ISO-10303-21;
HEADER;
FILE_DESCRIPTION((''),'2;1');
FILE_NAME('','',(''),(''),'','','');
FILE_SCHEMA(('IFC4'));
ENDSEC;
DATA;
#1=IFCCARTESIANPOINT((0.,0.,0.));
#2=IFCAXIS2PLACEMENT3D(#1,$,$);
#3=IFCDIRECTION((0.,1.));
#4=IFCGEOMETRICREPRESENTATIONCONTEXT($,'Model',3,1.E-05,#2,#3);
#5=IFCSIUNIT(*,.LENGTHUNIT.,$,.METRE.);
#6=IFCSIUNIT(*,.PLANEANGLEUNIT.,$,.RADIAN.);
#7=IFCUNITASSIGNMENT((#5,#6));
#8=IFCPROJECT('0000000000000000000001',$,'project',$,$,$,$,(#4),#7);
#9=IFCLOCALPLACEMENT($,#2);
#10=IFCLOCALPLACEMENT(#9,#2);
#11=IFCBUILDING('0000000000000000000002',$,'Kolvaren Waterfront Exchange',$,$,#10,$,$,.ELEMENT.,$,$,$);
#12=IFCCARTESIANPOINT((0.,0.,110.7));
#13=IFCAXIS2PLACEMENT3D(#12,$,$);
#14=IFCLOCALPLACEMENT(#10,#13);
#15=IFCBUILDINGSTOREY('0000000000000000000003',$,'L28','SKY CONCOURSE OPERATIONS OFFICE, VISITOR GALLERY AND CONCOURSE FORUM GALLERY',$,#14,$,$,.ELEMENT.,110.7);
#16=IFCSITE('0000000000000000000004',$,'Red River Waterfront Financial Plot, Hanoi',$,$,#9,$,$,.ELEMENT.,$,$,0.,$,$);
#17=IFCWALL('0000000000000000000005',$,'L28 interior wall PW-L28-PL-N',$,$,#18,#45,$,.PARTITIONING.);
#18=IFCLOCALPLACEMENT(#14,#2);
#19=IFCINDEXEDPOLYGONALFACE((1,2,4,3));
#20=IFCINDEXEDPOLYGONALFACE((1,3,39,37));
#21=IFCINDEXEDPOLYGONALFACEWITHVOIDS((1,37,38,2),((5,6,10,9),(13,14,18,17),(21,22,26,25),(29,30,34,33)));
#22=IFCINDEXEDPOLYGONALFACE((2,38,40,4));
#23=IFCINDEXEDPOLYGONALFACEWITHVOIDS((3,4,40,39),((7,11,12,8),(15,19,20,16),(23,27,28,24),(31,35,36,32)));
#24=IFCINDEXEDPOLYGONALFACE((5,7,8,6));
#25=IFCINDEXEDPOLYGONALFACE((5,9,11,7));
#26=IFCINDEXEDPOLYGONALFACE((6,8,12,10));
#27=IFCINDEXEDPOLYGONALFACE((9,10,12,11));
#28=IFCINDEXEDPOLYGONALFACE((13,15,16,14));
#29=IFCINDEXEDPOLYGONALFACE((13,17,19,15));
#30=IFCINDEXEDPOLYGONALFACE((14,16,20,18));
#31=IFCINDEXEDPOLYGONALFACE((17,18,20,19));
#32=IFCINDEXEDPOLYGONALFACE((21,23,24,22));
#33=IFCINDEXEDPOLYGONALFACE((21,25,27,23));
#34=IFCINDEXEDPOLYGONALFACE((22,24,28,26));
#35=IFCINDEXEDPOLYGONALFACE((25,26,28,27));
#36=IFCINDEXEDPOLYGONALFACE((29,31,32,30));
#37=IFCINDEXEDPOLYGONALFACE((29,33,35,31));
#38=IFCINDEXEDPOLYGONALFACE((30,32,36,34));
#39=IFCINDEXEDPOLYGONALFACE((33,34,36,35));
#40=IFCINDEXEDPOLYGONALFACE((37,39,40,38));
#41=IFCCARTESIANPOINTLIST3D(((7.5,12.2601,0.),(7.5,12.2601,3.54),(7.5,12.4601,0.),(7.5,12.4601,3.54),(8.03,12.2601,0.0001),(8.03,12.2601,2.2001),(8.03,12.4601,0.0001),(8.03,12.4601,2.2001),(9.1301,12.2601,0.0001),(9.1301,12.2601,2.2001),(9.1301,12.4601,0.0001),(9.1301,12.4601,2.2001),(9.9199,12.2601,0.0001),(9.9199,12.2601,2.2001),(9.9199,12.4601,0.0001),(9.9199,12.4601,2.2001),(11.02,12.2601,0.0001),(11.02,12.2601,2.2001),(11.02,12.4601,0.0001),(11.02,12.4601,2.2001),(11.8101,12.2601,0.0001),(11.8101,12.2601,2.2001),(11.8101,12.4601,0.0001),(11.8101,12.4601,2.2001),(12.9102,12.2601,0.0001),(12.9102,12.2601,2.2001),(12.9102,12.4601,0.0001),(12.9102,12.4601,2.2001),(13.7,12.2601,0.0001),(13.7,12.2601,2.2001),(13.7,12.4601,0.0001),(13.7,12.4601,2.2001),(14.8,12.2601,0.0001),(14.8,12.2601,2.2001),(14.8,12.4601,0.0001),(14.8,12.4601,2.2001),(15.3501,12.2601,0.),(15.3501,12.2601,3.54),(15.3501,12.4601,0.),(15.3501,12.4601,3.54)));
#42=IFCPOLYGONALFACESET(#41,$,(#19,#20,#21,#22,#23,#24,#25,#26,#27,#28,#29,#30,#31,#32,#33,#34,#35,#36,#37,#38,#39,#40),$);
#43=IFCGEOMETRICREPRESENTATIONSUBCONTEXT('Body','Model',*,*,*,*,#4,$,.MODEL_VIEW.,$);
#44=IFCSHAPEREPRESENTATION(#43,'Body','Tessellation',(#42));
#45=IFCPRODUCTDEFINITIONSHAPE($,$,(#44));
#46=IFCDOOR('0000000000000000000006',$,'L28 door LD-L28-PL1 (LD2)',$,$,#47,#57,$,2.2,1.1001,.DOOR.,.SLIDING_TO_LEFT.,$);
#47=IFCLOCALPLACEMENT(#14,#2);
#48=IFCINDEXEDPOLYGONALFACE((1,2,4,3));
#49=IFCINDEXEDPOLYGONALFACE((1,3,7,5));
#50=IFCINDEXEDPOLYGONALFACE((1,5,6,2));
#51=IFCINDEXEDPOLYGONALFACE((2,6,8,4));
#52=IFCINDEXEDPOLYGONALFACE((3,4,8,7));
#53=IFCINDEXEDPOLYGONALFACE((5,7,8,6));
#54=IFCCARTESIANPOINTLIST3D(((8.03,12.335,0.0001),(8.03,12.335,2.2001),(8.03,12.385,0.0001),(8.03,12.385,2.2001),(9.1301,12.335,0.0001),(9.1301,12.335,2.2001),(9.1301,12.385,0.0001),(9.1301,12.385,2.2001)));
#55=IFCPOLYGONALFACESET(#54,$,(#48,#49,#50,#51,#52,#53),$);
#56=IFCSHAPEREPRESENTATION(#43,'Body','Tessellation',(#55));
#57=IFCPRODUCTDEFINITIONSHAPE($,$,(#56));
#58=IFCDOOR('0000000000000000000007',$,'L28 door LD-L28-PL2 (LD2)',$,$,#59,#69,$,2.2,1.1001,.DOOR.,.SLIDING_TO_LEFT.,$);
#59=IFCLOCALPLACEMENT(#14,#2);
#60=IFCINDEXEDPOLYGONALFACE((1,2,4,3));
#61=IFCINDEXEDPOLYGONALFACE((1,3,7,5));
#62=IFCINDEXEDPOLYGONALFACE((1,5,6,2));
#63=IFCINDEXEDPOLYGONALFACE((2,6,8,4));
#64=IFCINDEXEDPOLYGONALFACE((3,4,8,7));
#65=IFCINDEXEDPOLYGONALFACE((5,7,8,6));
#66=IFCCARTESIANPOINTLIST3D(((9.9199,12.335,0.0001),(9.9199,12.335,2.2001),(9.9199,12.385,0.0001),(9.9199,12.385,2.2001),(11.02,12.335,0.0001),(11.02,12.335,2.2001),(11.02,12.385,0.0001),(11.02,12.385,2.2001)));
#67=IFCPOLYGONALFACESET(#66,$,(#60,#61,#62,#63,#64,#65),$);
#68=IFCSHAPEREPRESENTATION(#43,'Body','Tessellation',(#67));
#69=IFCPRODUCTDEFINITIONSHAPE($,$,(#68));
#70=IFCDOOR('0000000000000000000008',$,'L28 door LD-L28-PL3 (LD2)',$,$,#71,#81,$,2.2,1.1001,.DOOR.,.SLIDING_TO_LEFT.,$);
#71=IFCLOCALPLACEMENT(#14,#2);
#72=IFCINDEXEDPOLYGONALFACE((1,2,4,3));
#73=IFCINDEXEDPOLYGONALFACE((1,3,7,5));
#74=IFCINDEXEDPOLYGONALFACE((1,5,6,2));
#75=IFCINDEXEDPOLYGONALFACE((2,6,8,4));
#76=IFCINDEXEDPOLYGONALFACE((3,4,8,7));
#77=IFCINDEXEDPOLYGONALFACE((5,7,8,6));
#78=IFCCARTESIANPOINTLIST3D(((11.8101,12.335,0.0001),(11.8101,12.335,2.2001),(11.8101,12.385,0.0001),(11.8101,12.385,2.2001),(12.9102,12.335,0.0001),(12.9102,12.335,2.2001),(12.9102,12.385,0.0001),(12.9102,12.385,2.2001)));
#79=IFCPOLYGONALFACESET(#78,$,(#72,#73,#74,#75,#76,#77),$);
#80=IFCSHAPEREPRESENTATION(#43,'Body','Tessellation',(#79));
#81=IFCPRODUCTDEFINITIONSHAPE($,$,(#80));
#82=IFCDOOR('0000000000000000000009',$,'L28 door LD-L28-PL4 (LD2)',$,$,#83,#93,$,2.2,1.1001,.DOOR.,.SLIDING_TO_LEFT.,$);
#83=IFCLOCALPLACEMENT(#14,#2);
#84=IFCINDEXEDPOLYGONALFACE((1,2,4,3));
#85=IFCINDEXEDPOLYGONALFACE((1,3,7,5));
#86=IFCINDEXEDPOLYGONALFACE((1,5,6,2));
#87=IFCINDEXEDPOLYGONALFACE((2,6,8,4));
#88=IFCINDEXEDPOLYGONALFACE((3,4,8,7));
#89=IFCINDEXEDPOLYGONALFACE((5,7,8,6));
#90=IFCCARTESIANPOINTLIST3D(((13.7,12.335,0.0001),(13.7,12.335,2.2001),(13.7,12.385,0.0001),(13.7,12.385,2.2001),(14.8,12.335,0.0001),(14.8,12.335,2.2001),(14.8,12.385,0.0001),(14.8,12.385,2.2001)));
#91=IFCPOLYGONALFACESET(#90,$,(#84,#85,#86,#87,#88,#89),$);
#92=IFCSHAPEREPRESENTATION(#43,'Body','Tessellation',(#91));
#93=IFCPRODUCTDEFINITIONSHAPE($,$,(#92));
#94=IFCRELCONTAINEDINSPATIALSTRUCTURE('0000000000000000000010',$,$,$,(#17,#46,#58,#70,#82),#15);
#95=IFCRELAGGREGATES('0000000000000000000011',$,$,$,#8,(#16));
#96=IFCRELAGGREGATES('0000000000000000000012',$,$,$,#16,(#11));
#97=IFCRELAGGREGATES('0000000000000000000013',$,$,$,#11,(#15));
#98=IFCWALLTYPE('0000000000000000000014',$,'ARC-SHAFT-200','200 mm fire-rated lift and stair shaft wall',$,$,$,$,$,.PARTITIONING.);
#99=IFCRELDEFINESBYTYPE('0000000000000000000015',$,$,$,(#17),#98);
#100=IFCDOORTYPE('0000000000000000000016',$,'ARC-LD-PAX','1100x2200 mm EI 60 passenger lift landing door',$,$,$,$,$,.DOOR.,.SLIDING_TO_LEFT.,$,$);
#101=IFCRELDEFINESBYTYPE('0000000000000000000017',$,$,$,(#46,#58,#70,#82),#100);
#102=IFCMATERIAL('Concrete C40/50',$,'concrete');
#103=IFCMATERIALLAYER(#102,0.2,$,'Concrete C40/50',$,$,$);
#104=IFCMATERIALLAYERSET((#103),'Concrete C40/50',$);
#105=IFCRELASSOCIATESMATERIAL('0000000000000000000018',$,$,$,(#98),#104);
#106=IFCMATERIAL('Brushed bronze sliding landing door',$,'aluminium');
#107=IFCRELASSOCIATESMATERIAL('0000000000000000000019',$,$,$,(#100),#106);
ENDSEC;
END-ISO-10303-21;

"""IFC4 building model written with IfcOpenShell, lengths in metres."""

from ifc_helpers import new_model, si_unit, direction, frame, frame_2d, origin, place, context, subcontext, project, spatial, rectangle, extrude, material, layer, layer_set, type_object, element, fill, save


model = new_model("IFC4")

# Units and contexts
model_context = context("Model", 3, precision=1e-05, world=origin(), true_north=direction((0.0, 1.0)))
body_context = subcontext(model_context, "Body", "Model", "MODEL_VIEW")
ifc_project = project(units=[si_unit("LENGTHUNIT", "METRE"), si_unit("PLANEANGLEUNIT", "RADIAN")], contexts=[model_context])

# Site, building, storey
site_placement = place(None, origin())
site = spatial("IfcSite", under=ifc_project, at=site_placement, Name="Red River Waterfront Financial Plot, Hanoi", CompositionType="ELEMENT", RefElevation=0.0)
building_placement = place(site_placement, origin())
building = spatial("IfcBuilding", under=site, at=building_placement, Name="Kolvaren Waterfront Exchange", CompositionType="ELEMENT")
storey_placement = place(building_placement, frame((0.0, 0.0, 110.7)))
storey = spatial("IfcBuildingStorey", under=building, at=storey_placement, Name="L28", Description="SKY CONCOURSE OPERATIONS OFFICE, VISITOR GALLERY AND CONCOURSE FORUM GALLERY", CompositionType="ELEMENT", Elevation=110.7)

# Wall, openings, doors
ifc_material_1 = material(Name="Concrete C40/50", Category="concrete")
ifc_layer_1 = layer(ifc_material_1, 0.2, Name="Concrete C40/50")
ifc_layer_set_1 = layer_set([ifc_layer_1], Name="Concrete C40/50")
wall_type_1 = type_object("IfcWallType", Name="ARC-SHAFT-200", Description="200 mm fire-rated lift and stair shaft wall", PredefinedType="PARTITIONING", material=ifc_layer_set_1)
wall_1_placement = place(storey_placement, frame((7.5, 12.3601, 0.0), z_axis=(0.0, 0.0, 1.0), x_axis=(1.0, 0.0, 0.0)))
wall_1 = element("IfcWall", 1, at=wall_1_placement, inside=storey, type_object=wall_type_1, Name="L28 interior wall PW-L28-PL-N", PredefinedType="PARTITIONING", context=body_context, shape_type="SweptSolid", body=[
    extrude(rectangle(XDim=7.8501, YDim=0.2, at=frame_2d((3.925, 0.0))), origin(), (0.0, 0.0, 1.0), 3.54),
])
opening_1_placement = place(wall_1_placement, frame((0.53, 0.0, 0.0)))
opening_1 = element("IfcOpeningElement", 2, at=opening_1_placement, cuts=wall_1, PredefinedType="OPENING", context=body_context, shape_type="SweptSolid", body=[
    extrude(rectangle(XDim=1.1001, YDim=2.2, at=frame_2d((0.55, 1.1001))), frame((0.0, 0.1099, 0.0), z_axis=(0.0, -1.0, 0.0), x_axis=(1.0, 0.0, 0.0)), (0.0, 0.0, 1.0), 0.22),
])
opening_2_placement = place(wall_1_placement, frame((2.4199, 0.0, 0.0)))
opening_2 = element("IfcOpeningElement", 3, at=opening_2_placement, cuts=wall_1, PredefinedType="OPENING", context=body_context, shape_type="SweptSolid", body=[
    extrude(rectangle(XDim=1.1001, YDim=2.2, at=frame_2d((0.55, 1.1001))), frame((0.0, 0.1099, 0.0), z_axis=(0.0, -1.0, 0.0), x_axis=(1.0, 0.0, 0.0)), (0.0, 0.0, 1.0), 0.22),
])
opening_3_placement = place(wall_1_placement, frame((4.3101, 0.0, 0.0)))
opening_3 = element("IfcOpeningElement", 4, at=opening_3_placement, cuts=wall_1, PredefinedType="OPENING", context=body_context, shape_type="SweptSolid", body=[
    extrude(rectangle(XDim=1.1001, YDim=2.2, at=frame_2d((0.55, 1.1001))), frame((0.0, 0.1099, 0.0), z_axis=(0.0, -1.0, 0.0), x_axis=(1.0, 0.0, 0.0)), (0.0, 0.0, 1.0), 0.22),
])
opening_4_placement = place(wall_1_placement, frame((6.2, 0.0, 0.0)))
opening_4 = element("IfcOpeningElement", 5, at=opening_4_placement, cuts=wall_1, PredefinedType="OPENING", context=body_context, shape_type="SweptSolid", body=[
    extrude(rectangle(XDim=1.1001, YDim=2.2, at=frame_2d((0.55, 1.1001))), frame((0.0, 0.1099, 0.0), z_axis=(0.0, -1.0, 0.0), x_axis=(1.0, 0.0, 0.0)), (0.0, 0.0, 1.0), 0.22),
])
ifc_material_2 = material(Name="Brushed bronze sliding landing door", Category="aluminium")
door_type = type_object("IfcDoorType", Name="ARC-LD-PAX", Description="1100x2200 mm EI 60 passenger lift landing door", OperationType="SLIDING_TO_LEFT", PredefinedType="DOOR", material=ifc_material_2)
door_1_placement = place(opening_1_placement, origin())
door_1 = element("IfcDoor", 6, at=door_1_placement, inside=storey, type_object=door_type, Name="L28 door LD-L28-PL1 (LD2)", OperationType="SLIDING_TO_LEFT", OverallHeight=2.2, OverallWidth=1.1001, PredefinedType="DOOR", context=body_context, shape_type="SweptSolid", body=[
    extrude(rectangle(XDim=1.1001, YDim=2.2, at=frame_2d((0.55, 1.1001))), frame((0.0, 0.0249, 0.0), z_axis=(0.0, -1.0, 0.0), x_axis=(1.0, 0.0, 0.0)), (0.0, 0.0, 1.0), 0.05),
])
fill(opening_1, door_1)
door_2_placement = place(opening_2_placement, origin())
door_2 = element("IfcDoor", 7, at=door_2_placement, inside=storey, type_object=door_type, Name="L28 door LD-L28-PL2 (LD2)", OperationType="SLIDING_TO_LEFT", OverallHeight=2.2, OverallWidth=1.1001, PredefinedType="DOOR", context=body_context, shape_type="SweptSolid", body=[
    extrude(rectangle(XDim=1.1001, YDim=2.2, at=frame_2d((0.55, 1.1001))), frame((0.0, 0.0249, 0.0), z_axis=(0.0, -1.0, 0.0), x_axis=(1.0, 0.0, 0.0)), (0.0, 0.0, 1.0), 0.05),
])
fill(opening_2, door_2)
door_3_placement = place(opening_3_placement, origin())
door_3 = element("IfcDoor", 8, at=door_3_placement, inside=storey, type_object=door_type, Name="L28 door LD-L28-PL3 (LD2)", OperationType="SLIDING_TO_LEFT", OverallHeight=2.2, OverallWidth=1.1001, PredefinedType="DOOR", context=body_context, shape_type="SweptSolid", body=[
    extrude(rectangle(XDim=1.1001, YDim=2.2, at=frame_2d((0.55, 1.1001))), frame((0.0, 0.0249, 0.0), z_axis=(0.0, -1.0, 0.0), x_axis=(1.0, 0.0, 0.0)), (0.0, 0.0, 1.0), 0.05),
])
fill(opening_3, door_3)
door_4_placement = place(opening_4_placement, origin())
door_4 = element("IfcDoor", 9, at=door_4_placement, inside=storey, type_object=door_type, Name="L28 door LD-L28-PL4 (LD2)", OperationType="SLIDING_TO_LEFT", OverallHeight=2.2, OverallWidth=1.1001, PredefinedType="DOOR", context=body_context, shape_type="SweptSolid", body=[
    extrude(rectangle(XDim=1.1001, YDim=2.2, at=frame_2d((0.55, 1.1001))), frame((0.0, 0.0249, 0.0), z_axis=(0.0, -1.0, 0.0), x_axis=(1.0, 0.0, 0.0)), (0.0, 0.0, 1.0), 0.05),
])
fill(opening_4, door_4)

save(model, "model.ifc")
